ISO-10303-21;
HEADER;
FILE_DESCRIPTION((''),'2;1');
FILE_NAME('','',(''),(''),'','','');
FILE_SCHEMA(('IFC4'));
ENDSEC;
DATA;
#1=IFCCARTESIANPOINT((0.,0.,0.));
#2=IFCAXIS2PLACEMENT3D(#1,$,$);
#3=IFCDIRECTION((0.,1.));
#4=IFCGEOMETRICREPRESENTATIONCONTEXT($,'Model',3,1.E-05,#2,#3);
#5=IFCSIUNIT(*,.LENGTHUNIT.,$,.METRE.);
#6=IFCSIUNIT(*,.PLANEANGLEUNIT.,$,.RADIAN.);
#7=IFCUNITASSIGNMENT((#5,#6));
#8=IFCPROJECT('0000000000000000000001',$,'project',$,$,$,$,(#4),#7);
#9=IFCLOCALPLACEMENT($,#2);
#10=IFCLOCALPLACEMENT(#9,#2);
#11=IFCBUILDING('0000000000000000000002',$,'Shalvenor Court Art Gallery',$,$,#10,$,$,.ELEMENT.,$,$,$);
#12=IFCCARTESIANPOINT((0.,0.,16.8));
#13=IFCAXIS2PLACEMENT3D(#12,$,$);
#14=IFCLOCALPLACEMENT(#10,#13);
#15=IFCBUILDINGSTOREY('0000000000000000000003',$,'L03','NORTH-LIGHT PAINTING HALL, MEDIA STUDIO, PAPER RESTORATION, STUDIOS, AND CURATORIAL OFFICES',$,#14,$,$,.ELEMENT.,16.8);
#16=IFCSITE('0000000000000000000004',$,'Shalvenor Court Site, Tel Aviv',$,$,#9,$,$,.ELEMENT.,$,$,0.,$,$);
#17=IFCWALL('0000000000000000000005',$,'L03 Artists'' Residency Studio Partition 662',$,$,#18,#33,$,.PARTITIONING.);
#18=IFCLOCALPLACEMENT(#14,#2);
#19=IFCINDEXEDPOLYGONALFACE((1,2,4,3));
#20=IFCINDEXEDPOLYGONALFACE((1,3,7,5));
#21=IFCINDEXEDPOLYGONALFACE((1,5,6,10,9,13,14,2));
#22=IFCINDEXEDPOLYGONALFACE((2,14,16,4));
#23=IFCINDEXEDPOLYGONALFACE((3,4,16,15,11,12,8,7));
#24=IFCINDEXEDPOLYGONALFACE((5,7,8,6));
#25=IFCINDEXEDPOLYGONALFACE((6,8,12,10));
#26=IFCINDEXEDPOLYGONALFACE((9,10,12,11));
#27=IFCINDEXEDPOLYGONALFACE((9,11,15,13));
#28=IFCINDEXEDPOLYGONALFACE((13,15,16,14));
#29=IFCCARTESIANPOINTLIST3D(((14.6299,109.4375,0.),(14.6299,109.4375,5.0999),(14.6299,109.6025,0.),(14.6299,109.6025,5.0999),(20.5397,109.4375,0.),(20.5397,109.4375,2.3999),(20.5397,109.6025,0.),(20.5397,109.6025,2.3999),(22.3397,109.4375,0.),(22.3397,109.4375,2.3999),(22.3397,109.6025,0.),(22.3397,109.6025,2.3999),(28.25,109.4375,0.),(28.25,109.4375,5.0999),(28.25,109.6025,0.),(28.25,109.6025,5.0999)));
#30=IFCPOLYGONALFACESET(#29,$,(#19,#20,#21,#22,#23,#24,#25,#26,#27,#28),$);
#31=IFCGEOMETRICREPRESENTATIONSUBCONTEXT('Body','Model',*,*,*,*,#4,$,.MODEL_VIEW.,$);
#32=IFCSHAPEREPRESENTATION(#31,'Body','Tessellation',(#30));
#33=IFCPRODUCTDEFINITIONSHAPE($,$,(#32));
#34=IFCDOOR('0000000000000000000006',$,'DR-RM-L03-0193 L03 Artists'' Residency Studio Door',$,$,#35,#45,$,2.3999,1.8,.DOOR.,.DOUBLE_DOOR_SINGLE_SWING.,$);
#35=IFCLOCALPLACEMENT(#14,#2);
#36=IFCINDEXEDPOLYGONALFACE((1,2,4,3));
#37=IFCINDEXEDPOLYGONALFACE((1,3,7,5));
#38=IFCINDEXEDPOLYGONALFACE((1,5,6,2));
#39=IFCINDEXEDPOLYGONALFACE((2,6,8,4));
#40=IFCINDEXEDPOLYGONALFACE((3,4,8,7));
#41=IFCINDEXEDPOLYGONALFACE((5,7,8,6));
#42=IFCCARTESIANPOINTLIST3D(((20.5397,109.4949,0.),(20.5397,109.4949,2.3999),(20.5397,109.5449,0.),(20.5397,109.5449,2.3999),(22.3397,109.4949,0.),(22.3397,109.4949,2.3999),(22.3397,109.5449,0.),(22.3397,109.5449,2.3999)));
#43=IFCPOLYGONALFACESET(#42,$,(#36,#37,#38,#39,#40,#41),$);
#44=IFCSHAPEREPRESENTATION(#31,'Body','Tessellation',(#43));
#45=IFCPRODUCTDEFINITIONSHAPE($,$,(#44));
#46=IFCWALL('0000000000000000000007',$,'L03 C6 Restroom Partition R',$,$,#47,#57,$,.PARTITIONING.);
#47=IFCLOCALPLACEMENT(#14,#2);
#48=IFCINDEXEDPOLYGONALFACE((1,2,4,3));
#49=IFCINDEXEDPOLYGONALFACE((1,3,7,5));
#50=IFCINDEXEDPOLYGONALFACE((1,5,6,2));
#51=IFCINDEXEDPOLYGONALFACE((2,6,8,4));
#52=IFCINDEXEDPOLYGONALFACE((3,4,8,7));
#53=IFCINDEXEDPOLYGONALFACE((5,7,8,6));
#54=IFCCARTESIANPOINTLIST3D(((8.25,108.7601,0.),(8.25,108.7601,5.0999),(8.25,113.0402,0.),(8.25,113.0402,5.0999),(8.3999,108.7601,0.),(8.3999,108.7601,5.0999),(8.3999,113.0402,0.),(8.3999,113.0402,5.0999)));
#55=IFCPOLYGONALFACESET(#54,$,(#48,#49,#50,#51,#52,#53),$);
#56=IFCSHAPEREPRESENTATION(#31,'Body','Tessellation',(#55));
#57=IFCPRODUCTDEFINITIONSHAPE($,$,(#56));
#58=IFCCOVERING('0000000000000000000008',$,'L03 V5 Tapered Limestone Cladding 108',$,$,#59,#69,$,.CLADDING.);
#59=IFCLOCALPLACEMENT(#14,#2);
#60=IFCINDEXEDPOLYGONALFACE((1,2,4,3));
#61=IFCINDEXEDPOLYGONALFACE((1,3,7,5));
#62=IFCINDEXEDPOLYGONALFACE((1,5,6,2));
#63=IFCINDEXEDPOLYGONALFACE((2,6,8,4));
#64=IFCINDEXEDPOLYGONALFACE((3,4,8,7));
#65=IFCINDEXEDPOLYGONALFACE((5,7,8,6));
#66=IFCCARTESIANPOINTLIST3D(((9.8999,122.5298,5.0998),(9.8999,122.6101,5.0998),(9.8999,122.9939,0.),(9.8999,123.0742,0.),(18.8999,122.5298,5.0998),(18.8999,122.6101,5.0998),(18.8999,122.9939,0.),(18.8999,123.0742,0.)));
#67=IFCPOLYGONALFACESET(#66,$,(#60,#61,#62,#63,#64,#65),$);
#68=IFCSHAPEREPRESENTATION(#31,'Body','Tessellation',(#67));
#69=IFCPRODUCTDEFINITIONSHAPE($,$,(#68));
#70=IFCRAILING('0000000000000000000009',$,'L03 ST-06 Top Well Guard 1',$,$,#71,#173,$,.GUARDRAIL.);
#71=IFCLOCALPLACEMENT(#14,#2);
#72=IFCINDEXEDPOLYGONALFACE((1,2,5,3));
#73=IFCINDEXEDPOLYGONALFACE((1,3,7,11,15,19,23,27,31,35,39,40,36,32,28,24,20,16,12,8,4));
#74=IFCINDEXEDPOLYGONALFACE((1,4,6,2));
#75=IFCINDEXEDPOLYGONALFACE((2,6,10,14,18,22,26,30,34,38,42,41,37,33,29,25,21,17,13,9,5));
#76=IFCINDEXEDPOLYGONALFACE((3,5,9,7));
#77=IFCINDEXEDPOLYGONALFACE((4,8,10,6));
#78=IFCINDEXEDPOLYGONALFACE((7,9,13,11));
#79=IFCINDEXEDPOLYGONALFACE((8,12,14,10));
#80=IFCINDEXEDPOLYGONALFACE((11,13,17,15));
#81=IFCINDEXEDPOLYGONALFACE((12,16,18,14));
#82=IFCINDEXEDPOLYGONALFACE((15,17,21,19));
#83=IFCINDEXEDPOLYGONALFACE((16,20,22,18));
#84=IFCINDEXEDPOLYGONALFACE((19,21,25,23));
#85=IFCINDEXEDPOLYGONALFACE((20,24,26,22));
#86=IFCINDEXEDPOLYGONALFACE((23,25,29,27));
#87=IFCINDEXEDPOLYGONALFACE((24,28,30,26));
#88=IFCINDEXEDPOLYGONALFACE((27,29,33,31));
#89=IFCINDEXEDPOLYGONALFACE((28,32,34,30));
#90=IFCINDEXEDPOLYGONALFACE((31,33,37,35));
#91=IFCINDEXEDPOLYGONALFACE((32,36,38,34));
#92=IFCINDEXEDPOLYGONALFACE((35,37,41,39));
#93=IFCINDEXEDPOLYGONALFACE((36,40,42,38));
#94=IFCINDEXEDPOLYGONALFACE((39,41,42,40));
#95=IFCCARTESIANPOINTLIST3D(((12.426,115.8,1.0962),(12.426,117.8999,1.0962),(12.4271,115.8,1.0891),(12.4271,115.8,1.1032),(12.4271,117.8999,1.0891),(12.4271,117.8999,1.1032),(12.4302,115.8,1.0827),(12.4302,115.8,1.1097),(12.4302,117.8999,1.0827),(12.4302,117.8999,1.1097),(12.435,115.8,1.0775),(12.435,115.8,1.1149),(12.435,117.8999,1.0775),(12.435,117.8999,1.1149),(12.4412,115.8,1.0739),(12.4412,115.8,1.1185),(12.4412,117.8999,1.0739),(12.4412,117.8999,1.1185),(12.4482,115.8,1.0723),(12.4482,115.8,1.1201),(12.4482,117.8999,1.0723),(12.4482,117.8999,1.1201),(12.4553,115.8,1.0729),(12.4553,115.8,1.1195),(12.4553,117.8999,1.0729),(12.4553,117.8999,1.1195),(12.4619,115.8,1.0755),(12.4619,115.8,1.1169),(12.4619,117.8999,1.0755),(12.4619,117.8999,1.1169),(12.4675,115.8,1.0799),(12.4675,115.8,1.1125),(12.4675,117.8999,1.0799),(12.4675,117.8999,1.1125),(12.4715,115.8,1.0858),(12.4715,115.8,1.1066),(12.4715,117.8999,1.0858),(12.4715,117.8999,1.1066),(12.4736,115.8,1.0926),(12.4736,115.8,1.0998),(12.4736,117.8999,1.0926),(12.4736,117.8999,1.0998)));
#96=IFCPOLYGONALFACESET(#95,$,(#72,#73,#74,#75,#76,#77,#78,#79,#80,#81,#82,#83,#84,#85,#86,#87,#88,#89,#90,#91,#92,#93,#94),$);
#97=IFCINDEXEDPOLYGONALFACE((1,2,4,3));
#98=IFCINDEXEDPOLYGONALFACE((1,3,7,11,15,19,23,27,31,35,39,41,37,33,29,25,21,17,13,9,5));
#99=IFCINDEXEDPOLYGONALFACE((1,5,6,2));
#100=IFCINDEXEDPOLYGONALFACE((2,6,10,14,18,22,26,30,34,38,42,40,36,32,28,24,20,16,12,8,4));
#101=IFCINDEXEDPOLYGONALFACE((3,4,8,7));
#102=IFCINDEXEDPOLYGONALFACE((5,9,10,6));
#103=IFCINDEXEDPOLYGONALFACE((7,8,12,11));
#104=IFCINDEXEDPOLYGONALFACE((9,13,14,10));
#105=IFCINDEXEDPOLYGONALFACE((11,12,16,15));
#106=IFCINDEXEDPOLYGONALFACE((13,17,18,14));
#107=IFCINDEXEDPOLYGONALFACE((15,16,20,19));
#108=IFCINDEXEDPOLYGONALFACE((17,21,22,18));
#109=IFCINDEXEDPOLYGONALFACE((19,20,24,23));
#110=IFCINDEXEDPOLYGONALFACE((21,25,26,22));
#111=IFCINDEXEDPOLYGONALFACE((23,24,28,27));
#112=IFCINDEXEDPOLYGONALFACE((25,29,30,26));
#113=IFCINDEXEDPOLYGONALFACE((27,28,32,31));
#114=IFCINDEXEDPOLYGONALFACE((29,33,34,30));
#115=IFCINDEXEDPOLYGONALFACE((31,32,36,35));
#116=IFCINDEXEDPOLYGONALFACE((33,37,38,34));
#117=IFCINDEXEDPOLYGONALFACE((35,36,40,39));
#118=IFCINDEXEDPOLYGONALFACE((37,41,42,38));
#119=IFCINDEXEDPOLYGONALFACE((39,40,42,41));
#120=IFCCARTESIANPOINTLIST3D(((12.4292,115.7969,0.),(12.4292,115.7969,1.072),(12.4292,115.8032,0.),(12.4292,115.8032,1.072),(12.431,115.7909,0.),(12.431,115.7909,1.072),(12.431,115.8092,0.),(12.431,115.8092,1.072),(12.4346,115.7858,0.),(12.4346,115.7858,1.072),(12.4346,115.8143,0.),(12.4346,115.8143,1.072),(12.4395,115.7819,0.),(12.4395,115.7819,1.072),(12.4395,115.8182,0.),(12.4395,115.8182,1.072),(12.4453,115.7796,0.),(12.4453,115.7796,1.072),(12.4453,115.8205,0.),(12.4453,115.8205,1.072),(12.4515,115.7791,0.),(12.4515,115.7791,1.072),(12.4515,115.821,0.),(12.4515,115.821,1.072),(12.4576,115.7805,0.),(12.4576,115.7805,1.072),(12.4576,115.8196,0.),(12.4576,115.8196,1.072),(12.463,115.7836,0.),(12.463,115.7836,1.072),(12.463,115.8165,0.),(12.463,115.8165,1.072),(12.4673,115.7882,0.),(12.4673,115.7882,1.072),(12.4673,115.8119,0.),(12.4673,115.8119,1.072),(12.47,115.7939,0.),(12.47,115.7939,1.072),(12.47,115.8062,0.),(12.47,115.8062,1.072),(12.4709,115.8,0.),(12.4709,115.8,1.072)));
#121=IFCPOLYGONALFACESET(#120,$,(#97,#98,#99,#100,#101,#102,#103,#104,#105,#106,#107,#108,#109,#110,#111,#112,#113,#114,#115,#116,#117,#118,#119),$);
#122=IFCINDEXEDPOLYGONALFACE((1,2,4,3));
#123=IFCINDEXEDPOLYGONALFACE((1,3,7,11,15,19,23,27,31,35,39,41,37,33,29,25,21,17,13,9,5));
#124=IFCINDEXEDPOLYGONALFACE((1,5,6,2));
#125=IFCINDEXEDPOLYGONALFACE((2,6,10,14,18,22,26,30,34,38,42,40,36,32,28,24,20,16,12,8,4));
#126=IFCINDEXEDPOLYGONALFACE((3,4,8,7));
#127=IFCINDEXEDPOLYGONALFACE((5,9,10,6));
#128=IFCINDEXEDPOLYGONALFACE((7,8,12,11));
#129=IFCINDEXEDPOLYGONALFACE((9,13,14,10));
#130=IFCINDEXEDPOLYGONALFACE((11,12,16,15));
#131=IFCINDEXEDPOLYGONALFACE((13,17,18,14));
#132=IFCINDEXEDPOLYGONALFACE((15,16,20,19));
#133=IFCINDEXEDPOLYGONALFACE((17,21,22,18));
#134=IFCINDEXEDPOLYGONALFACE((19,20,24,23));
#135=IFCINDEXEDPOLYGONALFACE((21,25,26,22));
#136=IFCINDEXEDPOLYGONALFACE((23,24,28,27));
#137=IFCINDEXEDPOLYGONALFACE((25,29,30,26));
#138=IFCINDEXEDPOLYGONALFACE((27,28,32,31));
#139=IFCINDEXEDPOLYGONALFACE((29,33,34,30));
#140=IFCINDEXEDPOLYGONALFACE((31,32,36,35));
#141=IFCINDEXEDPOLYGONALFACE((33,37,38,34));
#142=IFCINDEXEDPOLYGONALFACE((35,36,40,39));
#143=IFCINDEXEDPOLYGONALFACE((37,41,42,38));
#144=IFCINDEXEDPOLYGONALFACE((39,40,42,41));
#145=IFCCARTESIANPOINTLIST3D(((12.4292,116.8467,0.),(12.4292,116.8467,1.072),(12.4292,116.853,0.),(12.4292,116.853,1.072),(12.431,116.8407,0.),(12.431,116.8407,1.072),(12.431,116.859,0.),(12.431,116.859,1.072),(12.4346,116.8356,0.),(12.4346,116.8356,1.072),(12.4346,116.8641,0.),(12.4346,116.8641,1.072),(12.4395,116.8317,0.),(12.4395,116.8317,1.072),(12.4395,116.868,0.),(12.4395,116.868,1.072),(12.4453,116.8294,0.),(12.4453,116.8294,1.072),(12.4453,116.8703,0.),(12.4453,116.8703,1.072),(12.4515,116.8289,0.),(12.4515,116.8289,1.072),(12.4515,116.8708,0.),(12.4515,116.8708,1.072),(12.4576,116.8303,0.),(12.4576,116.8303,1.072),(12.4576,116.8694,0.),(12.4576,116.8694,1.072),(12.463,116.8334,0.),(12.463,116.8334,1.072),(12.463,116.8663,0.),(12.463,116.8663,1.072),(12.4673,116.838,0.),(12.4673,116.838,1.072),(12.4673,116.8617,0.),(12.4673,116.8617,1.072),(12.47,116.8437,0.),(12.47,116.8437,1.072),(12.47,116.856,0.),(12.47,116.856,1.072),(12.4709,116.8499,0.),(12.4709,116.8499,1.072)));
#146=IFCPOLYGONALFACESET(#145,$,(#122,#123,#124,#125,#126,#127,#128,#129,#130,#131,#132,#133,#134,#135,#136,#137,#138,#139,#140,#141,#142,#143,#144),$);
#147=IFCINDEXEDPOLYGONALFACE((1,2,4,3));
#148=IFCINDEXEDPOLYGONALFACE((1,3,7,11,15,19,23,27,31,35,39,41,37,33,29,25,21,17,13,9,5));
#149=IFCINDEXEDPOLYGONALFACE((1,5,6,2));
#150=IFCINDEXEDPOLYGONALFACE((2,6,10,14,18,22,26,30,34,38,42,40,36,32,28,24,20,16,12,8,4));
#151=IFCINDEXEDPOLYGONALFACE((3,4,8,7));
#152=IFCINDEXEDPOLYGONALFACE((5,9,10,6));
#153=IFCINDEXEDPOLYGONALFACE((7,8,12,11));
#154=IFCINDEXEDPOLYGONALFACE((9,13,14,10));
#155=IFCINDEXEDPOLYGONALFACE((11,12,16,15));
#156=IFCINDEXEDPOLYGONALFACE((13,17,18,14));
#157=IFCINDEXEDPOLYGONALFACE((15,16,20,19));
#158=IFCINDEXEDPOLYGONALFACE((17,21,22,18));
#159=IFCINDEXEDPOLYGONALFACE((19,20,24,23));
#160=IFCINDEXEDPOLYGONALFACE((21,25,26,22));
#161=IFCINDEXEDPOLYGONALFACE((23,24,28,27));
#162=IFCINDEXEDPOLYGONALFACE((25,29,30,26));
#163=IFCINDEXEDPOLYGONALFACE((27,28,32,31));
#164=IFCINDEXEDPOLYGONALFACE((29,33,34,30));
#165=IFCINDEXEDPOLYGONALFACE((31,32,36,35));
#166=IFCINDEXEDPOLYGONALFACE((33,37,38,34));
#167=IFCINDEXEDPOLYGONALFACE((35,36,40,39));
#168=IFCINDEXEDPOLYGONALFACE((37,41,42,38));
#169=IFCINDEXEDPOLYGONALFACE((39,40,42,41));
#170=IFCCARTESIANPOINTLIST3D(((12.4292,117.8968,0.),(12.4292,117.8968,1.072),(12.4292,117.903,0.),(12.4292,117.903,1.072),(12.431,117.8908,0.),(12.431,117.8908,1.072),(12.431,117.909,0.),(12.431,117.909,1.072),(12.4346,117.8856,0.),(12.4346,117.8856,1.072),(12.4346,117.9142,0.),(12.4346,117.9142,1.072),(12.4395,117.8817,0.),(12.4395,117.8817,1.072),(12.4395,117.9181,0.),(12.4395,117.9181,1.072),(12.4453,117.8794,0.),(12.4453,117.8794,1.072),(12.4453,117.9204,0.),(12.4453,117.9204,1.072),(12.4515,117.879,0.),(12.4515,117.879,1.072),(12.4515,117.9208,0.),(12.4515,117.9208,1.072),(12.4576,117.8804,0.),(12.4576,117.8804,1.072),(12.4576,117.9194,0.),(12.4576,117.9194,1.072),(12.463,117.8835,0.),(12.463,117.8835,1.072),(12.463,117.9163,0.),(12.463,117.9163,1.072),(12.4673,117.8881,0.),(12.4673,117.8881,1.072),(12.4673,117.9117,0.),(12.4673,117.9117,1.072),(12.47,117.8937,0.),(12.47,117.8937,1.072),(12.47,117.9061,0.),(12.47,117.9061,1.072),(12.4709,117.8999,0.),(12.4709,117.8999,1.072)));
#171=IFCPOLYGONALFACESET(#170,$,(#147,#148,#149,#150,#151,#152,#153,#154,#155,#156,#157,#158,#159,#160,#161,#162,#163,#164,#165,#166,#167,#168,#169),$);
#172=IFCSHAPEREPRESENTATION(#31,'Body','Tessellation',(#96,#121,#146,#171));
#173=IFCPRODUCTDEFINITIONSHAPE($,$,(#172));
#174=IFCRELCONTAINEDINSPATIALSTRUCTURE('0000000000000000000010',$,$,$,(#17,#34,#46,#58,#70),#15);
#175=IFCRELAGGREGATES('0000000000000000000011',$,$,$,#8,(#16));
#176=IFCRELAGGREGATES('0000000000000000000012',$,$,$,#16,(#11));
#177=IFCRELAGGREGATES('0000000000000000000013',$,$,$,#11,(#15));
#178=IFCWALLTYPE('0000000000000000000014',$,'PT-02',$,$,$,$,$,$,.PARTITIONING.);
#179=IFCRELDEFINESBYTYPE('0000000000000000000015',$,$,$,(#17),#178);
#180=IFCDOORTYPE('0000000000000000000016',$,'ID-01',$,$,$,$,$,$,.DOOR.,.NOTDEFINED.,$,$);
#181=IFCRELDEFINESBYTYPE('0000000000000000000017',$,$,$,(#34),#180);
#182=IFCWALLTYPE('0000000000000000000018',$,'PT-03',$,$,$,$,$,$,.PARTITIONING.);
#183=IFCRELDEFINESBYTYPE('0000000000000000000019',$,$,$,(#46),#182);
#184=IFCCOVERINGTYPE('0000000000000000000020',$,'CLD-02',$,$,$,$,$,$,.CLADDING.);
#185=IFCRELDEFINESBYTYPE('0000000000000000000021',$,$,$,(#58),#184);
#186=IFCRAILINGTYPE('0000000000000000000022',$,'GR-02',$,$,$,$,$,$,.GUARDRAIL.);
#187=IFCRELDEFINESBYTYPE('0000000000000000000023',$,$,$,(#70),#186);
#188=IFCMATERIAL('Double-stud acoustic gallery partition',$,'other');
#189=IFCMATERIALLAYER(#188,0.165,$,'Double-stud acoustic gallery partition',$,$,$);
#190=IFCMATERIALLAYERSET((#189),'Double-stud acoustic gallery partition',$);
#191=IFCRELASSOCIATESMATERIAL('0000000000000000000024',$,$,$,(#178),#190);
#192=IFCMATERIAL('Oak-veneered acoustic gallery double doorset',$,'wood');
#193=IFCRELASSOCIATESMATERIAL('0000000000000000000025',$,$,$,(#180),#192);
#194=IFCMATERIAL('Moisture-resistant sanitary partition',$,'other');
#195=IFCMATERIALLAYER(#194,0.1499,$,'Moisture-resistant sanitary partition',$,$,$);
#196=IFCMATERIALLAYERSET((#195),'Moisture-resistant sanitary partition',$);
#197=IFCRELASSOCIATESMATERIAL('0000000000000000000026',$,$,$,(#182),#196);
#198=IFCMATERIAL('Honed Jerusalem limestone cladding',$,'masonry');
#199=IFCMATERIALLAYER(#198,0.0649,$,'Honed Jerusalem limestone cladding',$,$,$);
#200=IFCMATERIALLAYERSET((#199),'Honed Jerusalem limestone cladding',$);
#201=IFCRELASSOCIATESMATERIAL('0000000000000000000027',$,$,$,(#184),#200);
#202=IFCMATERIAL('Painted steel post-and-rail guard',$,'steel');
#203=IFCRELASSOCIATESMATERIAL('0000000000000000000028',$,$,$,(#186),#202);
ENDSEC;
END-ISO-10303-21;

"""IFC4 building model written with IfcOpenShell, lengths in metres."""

from ifc_helpers import new_model, si_unit, direction, frame, frame_2d, origin, origin_2d, place, context, subcontext, project, spatial, polyline, rectangle, circle, outline, extrude, material, layer, layer_set, type_object, element, fill, save


model = new_model("IFC4")

# Units and contexts
model_context = context("Model", 3, precision=1e-05, world=origin(), true_north=direction((0.0, 1.0)))
body_context = subcontext(model_context, "Body", "Model", "MODEL_VIEW")
ifc_project = project(units=[si_unit("LENGTHUNIT", "METRE"), si_unit("PLANEANGLEUNIT", "RADIAN")], contexts=[model_context])

# Site, building, storey
site_placement = place(None, origin())
site = spatial("IfcSite", under=ifc_project, at=site_placement, Name="Shalvenor Court Site, Tel Aviv", CompositionType="ELEMENT", RefElevation=0.0)
building_placement = place(site_placement, origin())
building = spatial("IfcBuilding", under=site, at=building_placement, Name="Shalvenor Court Art Gallery", CompositionType="ELEMENT")
storey_placement = place(building_placement, frame((0.0, 0.0, 16.8)))
storey = spatial("IfcBuildingStorey", under=building, at=storey_placement, Name="L03", Description="NORTH-LIGHT PAINTING HALL, MEDIA STUDIO, PAPER RESTORATION, STUDIOS, AND CURATORIAL OFFICES", CompositionType="ELEMENT", Elevation=16.8)

# Wall, opening, door
ifc_material_1 = material(Name="Double-stud acoustic gallery partition", Category="other")
ifc_layer_1 = layer(ifc_material_1, 0.165, Name="Double-stud acoustic gallery partition")
ifc_layer_set_1 = layer_set([ifc_layer_1], Name="Double-stud acoustic gallery partition")
wall_type_1 = type_object("IfcWallType", Name="PT-02", PredefinedType="PARTITIONING", material=ifc_layer_set_1)
wall_1_placement = place(storey_placement, frame((14.6299, 109.52, 0.0), z_axis=(0.0, 0.0, 1.0), x_axis=(1.0, 0.0, 0.0)))
wall_1 = element("IfcWall", 1, at=wall_1_placement, inside=storey, type_object=wall_type_1, Name="L03 Artists' Residency Studio Partition 662", PredefinedType="PARTITIONING", context=body_context, shape_type="SweptSolid", body=[
    extrude(rectangle(XDim=13.6201, YDim=0.165, at=frame_2d((6.8101, 0.0))), origin(), (0.0, 0.0, 1.0), 5.0999),
])
opening_1_placement = place(wall_1_placement, frame((5.9099, 0.0, 0.0)))
opening_1 = element("IfcOpeningElement", 2, at=opening_1_placement, cuts=wall_1, PredefinedType="OPENING", context=body_context, shape_type="SweptSolid", body=[
    extrude(rectangle(XDim=1.8, YDim=2.3999, at=frame_2d((0.8999, 1.2))), frame((0.0, 0.0925, 0.0), z_axis=(0.0, -1.0, 0.0), x_axis=(1.0, 0.0, 0.0)), (0.0, 0.0, 1.0), 0.1851),
])
ifc_material_2 = material(Name="Oak-veneered acoustic gallery double doorset", Category="wood")
door_type_1 = type_object("IfcDoorType", Name="ID-01", OperationType="NOTDEFINED", PredefinedType="DOOR", material=ifc_material_2)
door_1_placement = place(opening_1_placement, origin())
door_1 = element("IfcDoor", 3, at=door_1_placement, inside=storey, type_object=door_type_1, Name="DR-RM-L03-0193 L03 Artists' Residency Studio Door", OperationType="DOUBLE_DOOR_SINGLE_SWING", OverallHeight=2.3999, OverallWidth=1.8, PredefinedType="DOOR", context=body_context, shape_type="SweptSolid", body=[
    extrude(rectangle(XDim=1.8, YDim=2.3999, at=frame_2d((0.8999, 1.2))), frame((0.0, 0.0249, 0.0), z_axis=(0.0, -1.0, 0.0), x_axis=(1.0, 0.0, 0.0)), (0.0, 0.0, 1.0), 0.05),
])
fill(opening_1, door_1)

# Wall
ifc_material_3 = material(Name="Moisture-resistant sanitary partition", Category="other")
ifc_layer_2 = layer(ifc_material_3, 0.1499, Name="Moisture-resistant sanitary partition")
ifc_layer_set_2 = layer_set([ifc_layer_2], Name="Moisture-resistant sanitary partition")
wall_type_2 = type_object("IfcWallType", Name="PT-03", PredefinedType="PARTITIONING", material=ifc_layer_set_2)
wall_2_placement = place(storey_placement, frame((8.325, 108.76, 0.0), z_axis=(0.0, 0.0, 1.0), x_axis=(0.0, 1.0, 0.0)))
element("IfcWall", 4, at=wall_2_placement, inside=storey, type_object=wall_type_2, Name="L03 C6 Restroom Partition R", PredefinedType="PARTITIONING", context=body_context, shape_type="SweptSolid", body=[
    extrude(rectangle(XDim=4.28, YDim=0.1499, at=frame_2d((2.1401, 0.0))), origin(), (0.0, 0.0, 1.0), 5.0999),
])

# Covering
ifc_material_4 = material(Name="Honed Jerusalem limestone cladding", Category="masonry")
ifc_layer_3 = layer(ifc_material_4, 0.0649, Name="Honed Jerusalem limestone cladding")
ifc_layer_set_3 = layer_set([ifc_layer_3], Name="Honed Jerusalem limestone cladding")
covering_type = type_object("IfcCoveringType", Name="CLD-02", PredefinedType="CLADDING", material=ifc_layer_set_3)
covering_placement = place(storey_placement, frame((18.8999, 123.0742, 0.0), z_axis=(0.0, 0.0, 1.0), x_axis=(-1.0, 0.0, 0.0)))
element("IfcCovering", 5, at=covering_placement, inside=storey, type_object=covering_type, Name="L03 V5 Tapered Limestone Cladding 108", PredefinedType="CLADDING", context=body_context, shape_type="SweptSolid", body=[
    extrude(outline(polyline([(0.0, 0.0), (9.0, 0.0), (9.0, 5.1208), (0.0, 5.1208), (0.0, 0.0)])), frame((0.0, 0.0, 0.0), z_axis=(0.0, -0.995884, 0.090633), x_axis=(1.0, 0.0, 0.0)), (0.0, 0.090633, -0.995884), 0.0803),
])

# Railing
ifc_material_5 = material(Name="Painted steel post-and-rail guard", Category="steel")
railing_type = type_object("IfcRailingType", Name="GR-02", PredefinedType="GUARDRAIL", material=ifc_material_5)
railing_placement = place(storey_placement, frame((12.45, 115.8, 0.0)))
element("IfcRailing", 6, at=railing_placement, inside=storey, type_object=railing_type, Name="L03 ST-06 Top Well Guard 1", PredefinedType="GUARDRAIL", context=body_context, shape_type="SweptSolid", body=[
    extrude(circle(Radius=0.0239, at=origin_2d()), frame((0.0, 0.0, 1.0962), z_axis=(0.0, 1.0, 0.0), x_axis=(-1.0, 0.0, 0.0)), (0.0, 0.0, 1.0), 2.0999),
    extrude(circle(Radius=0.021, at=origin_2d()), origin(), (0.0, 0.0, 1.0), 1.072),
    extrude(circle(Radius=0.021, at=origin_2d()), frame((0.0, 1.0498, 0.0)), (0.0, 0.0, 1.0), 1.072),
    extrude(circle(Radius=0.021, at=origin_2d()), frame((0.0, 2.0999, 0.0)), (0.0, 0.0, 1.0), 1.072),
])

save(model, "model.ifc")
